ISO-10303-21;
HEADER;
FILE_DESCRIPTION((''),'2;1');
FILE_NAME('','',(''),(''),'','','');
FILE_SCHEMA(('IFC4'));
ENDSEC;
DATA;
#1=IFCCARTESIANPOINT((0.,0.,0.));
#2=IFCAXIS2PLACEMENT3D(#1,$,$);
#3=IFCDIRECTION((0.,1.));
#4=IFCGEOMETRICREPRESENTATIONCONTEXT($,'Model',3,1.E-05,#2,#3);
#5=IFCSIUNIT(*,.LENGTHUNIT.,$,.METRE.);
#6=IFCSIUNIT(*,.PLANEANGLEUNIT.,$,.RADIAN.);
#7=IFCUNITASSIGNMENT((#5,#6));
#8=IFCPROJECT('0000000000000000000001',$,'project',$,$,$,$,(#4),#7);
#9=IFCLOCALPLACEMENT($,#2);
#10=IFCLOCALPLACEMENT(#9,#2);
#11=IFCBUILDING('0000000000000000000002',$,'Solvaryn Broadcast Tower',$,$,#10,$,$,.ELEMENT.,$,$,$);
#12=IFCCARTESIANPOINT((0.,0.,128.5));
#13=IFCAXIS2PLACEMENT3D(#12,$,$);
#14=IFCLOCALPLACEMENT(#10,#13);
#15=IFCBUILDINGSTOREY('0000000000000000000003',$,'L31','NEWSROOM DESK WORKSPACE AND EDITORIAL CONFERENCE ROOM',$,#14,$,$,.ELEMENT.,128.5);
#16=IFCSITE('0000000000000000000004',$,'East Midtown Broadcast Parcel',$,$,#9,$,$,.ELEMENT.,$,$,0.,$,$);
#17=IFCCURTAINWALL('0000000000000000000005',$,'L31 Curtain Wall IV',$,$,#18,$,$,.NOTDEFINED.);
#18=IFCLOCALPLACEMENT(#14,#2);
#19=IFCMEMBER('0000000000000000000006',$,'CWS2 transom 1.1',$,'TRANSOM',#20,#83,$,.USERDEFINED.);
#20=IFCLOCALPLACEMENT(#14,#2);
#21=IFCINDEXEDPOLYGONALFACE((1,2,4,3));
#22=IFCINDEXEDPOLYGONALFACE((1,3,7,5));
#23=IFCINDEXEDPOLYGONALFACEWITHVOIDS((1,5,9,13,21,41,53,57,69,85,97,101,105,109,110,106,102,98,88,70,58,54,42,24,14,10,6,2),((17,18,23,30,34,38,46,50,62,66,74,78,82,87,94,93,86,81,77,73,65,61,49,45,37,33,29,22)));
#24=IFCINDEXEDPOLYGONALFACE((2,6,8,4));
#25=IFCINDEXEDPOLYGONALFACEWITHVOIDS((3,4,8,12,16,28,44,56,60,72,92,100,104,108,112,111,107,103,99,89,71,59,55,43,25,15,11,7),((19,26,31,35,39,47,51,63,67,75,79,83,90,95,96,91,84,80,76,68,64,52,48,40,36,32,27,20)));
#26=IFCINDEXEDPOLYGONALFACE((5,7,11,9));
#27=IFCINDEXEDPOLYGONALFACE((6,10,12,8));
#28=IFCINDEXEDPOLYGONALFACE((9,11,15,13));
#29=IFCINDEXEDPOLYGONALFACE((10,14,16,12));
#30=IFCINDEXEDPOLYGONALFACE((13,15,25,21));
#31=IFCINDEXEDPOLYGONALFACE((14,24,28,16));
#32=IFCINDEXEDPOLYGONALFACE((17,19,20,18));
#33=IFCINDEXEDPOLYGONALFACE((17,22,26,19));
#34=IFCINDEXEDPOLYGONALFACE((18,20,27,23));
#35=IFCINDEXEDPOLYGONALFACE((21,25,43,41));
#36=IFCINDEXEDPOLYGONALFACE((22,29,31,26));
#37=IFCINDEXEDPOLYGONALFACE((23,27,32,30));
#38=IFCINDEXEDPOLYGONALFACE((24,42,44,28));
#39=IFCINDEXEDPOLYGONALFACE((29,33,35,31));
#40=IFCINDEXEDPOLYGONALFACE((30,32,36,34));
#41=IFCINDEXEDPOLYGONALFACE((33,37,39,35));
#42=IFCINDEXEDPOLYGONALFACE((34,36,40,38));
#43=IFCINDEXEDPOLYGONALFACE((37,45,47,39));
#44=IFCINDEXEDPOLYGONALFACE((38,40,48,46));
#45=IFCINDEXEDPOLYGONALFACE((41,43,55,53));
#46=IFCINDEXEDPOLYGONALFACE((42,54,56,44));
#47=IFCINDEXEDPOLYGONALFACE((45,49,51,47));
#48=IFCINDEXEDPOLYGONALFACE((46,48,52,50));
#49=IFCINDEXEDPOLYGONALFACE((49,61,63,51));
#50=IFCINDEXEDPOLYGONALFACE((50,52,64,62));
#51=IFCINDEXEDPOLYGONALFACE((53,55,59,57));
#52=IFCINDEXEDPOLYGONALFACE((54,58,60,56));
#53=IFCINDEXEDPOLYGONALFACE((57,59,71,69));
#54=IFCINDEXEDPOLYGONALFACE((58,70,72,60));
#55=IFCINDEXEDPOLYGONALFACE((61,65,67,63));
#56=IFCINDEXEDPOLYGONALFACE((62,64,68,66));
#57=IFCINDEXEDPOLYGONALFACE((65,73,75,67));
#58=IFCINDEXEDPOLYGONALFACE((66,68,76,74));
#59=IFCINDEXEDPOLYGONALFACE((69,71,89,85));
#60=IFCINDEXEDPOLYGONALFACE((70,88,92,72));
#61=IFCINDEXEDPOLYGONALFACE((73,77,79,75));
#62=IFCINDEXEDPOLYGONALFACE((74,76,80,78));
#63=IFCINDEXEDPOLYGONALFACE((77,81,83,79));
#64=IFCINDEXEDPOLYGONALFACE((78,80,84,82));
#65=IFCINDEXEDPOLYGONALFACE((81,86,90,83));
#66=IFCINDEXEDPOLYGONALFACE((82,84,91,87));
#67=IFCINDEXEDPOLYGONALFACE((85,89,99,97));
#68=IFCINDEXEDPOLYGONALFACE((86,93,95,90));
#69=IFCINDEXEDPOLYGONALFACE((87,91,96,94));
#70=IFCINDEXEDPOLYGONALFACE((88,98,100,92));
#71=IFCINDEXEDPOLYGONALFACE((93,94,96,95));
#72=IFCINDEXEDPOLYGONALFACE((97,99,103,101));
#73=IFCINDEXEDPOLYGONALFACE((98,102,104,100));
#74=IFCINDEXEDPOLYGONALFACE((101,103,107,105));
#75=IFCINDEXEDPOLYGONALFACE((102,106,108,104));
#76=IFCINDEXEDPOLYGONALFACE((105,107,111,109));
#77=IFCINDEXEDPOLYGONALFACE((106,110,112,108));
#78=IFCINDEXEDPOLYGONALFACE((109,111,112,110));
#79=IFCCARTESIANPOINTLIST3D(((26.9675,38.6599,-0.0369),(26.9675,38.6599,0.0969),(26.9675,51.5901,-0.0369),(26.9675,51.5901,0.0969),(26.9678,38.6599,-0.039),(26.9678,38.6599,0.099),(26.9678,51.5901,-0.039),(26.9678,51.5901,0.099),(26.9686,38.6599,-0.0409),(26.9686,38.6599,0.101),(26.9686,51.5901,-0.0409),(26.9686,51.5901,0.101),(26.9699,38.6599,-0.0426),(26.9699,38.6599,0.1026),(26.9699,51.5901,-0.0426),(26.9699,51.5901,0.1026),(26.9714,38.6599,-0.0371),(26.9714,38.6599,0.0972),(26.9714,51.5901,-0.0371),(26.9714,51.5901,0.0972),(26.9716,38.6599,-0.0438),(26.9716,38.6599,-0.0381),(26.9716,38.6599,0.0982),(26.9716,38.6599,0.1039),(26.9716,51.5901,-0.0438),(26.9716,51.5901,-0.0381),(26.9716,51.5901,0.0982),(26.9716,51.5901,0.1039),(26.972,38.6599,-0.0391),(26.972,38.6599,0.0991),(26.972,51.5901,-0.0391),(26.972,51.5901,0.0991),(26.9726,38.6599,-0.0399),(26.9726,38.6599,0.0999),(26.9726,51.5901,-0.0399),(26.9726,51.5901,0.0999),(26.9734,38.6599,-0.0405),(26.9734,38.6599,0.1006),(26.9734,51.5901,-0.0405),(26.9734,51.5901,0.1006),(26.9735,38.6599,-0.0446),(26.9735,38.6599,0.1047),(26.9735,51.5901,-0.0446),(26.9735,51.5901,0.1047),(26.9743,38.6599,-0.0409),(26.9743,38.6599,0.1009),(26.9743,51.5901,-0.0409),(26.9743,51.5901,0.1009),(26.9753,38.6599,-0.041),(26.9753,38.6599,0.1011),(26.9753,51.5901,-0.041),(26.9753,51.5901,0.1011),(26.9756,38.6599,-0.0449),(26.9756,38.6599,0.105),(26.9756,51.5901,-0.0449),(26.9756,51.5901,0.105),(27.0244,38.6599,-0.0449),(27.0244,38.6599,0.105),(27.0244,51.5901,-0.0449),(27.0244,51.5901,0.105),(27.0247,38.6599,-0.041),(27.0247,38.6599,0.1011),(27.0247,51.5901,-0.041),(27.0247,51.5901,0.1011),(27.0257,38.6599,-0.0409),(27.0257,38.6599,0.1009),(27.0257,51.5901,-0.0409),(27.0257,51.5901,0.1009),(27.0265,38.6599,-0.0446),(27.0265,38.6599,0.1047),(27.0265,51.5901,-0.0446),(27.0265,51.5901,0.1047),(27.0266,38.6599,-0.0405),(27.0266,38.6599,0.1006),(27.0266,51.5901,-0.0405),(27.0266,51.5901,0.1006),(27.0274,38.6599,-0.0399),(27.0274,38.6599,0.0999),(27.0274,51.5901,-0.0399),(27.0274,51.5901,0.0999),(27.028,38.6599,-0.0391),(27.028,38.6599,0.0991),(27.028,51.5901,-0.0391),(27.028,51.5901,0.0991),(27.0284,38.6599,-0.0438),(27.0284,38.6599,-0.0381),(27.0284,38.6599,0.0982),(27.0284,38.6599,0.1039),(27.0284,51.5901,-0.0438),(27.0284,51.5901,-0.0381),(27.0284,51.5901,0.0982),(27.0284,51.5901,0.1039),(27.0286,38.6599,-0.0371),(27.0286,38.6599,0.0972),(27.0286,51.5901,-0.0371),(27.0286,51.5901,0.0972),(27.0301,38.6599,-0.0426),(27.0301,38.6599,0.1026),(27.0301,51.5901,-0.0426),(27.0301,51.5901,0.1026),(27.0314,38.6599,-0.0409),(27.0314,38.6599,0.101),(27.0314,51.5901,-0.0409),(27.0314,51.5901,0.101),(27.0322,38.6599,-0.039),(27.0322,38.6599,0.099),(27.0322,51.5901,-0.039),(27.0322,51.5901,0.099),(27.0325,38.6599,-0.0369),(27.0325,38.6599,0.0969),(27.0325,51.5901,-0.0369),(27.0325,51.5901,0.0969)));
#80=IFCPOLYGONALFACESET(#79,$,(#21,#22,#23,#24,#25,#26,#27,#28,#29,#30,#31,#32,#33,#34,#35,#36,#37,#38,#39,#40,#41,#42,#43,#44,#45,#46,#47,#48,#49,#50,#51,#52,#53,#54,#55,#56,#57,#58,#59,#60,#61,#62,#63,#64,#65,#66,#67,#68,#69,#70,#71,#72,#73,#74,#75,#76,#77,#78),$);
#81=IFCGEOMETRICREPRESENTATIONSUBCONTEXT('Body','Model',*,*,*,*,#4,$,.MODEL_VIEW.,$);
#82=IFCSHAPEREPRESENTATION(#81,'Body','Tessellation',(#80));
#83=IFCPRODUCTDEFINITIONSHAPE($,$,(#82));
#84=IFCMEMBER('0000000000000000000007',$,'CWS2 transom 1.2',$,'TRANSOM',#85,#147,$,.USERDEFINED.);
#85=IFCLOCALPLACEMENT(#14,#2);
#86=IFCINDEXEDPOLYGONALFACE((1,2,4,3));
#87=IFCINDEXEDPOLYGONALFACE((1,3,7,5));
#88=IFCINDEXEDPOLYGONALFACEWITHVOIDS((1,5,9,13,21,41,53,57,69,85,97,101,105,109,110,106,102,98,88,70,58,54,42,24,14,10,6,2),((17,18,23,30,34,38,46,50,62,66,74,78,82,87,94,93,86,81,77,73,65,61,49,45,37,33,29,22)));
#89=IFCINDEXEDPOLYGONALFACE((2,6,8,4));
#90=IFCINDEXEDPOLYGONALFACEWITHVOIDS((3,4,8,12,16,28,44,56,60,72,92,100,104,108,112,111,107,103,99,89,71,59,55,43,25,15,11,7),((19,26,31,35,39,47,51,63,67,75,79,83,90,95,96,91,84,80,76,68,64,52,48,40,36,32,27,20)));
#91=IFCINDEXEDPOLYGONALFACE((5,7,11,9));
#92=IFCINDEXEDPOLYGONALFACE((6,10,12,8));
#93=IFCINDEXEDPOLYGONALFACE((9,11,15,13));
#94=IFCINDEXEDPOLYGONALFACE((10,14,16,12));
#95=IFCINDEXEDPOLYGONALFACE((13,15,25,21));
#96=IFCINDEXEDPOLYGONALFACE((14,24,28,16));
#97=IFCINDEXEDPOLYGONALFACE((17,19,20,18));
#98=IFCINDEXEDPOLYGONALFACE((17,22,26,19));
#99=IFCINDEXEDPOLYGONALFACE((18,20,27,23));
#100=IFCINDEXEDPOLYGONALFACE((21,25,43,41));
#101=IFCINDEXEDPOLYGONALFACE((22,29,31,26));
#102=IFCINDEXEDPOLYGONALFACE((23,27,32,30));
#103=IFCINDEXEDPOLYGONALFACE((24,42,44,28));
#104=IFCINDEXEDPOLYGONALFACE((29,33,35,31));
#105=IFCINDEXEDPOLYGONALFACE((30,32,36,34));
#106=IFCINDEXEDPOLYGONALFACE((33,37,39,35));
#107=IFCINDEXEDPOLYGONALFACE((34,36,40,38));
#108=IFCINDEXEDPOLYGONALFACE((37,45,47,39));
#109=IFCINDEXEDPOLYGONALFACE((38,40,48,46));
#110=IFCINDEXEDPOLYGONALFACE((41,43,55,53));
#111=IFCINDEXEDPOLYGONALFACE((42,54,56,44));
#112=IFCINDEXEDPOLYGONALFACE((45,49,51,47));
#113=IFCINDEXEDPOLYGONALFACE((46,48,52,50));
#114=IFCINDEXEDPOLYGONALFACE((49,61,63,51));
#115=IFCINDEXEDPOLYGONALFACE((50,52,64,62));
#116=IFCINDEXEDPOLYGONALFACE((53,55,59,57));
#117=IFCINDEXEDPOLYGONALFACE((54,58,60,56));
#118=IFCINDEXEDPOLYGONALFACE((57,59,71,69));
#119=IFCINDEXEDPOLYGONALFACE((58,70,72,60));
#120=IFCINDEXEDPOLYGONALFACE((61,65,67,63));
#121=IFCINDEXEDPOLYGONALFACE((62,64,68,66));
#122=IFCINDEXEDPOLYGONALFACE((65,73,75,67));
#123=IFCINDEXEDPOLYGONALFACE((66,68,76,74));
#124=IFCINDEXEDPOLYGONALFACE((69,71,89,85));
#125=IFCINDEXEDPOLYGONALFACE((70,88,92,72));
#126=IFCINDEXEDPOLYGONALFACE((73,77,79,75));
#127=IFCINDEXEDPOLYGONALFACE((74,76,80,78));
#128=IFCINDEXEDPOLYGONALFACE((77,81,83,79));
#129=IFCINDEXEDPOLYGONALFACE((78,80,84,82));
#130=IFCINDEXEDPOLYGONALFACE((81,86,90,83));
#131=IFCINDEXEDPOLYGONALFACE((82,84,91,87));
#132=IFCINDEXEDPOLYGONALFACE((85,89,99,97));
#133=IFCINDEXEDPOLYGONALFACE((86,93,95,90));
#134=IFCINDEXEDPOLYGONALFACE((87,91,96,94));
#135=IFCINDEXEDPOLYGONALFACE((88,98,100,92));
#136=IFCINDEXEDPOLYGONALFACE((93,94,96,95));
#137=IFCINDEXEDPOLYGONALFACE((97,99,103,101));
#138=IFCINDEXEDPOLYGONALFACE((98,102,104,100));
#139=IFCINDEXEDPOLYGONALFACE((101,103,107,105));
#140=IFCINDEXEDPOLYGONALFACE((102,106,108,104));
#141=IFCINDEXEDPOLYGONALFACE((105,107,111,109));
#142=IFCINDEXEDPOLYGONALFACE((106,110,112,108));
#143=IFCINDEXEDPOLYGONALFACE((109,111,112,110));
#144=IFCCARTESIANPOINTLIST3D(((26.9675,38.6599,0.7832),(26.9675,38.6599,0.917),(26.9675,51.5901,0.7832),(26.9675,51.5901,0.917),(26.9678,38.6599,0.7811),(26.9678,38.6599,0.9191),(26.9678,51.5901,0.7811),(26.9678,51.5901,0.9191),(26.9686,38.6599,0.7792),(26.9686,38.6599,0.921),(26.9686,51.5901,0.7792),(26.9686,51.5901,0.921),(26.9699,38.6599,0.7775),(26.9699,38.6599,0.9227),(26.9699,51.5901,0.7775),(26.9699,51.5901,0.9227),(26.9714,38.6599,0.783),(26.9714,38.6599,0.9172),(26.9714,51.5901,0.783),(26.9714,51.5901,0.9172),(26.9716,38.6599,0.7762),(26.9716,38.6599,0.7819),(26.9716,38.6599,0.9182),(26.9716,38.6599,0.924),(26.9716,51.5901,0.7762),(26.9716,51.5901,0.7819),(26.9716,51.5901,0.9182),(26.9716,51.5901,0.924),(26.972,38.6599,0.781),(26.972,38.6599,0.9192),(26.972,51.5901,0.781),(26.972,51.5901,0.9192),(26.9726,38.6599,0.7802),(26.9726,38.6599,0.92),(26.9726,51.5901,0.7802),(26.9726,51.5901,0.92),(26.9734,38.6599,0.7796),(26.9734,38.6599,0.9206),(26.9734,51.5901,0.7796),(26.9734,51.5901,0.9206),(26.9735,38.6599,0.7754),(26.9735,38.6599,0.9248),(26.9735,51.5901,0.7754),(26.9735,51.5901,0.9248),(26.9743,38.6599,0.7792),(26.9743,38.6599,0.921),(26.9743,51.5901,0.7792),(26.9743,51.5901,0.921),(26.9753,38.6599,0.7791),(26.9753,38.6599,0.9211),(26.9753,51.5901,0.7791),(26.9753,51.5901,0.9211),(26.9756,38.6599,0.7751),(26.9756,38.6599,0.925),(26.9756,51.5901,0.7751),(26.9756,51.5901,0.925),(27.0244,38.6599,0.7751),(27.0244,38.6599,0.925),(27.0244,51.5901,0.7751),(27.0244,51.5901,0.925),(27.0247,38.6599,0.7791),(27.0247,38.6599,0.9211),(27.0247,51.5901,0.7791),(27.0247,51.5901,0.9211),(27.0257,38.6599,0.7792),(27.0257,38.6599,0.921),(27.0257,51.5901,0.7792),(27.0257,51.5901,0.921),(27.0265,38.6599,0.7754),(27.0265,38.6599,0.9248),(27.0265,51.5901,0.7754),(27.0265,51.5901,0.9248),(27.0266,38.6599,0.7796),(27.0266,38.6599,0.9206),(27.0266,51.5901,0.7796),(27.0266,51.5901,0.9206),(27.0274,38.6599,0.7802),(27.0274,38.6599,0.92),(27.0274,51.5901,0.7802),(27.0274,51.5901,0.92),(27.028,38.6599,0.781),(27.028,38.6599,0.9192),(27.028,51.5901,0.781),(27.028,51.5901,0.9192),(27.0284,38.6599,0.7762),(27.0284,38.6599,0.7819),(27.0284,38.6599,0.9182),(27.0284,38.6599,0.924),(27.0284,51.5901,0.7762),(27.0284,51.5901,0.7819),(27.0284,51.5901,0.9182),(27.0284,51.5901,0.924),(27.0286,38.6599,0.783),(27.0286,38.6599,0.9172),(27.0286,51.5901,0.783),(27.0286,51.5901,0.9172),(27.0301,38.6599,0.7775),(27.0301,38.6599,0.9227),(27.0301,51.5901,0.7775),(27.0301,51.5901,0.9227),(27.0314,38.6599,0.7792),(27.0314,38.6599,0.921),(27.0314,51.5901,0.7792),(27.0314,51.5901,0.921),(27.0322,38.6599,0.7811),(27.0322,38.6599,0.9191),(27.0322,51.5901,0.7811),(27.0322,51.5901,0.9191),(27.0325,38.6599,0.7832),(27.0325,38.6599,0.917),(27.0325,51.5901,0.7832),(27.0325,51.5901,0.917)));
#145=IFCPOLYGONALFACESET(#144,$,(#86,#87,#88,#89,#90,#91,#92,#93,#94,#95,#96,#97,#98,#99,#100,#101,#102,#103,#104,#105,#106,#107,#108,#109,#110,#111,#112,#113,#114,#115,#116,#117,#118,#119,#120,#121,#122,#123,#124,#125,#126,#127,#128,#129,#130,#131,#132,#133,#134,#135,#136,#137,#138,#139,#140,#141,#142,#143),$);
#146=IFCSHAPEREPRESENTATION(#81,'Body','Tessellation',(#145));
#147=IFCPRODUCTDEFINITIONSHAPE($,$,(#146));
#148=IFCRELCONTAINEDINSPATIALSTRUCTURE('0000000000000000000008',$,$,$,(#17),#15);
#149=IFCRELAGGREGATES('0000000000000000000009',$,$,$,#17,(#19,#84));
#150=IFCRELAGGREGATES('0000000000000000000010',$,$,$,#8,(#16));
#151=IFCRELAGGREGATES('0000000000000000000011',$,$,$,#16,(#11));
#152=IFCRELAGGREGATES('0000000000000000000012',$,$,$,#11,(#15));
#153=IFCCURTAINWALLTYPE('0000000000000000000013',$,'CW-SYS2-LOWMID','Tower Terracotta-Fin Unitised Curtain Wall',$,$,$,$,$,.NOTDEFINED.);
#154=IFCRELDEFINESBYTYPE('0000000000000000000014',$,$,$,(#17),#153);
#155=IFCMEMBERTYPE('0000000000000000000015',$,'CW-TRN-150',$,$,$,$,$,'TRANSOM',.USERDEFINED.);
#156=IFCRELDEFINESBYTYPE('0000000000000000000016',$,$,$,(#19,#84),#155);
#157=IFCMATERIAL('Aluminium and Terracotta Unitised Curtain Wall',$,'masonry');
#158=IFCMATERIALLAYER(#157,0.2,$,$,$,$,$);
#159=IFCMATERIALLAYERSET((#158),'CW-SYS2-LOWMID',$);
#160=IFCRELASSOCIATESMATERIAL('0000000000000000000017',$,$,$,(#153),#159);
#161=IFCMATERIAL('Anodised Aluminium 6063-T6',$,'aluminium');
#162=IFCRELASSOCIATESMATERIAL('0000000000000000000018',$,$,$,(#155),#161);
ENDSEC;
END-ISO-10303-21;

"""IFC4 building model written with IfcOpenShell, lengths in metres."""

from ifc_helpers import new_model, si_unit, direction, frame, origin, origin_2d, place, context, subcontext, project, spatial, hollow_rectangle, extrude, material, layer, layer_set, material_profile, profile_set, type_object, element, aggregate, save


model = new_model("IFC4")

# Units and contexts
model_context = context("Model", 3, precision=1e-05, world=origin(), true_north=direction((0.0, 1.0)))
body_context = subcontext(model_context, "Body", "Model", "MODEL_VIEW")
ifc_project = project(units=[si_unit("LENGTHUNIT", "METRE"), si_unit("PLANEANGLEUNIT", "RADIAN")], contexts=[model_context])

# Site, building, storey
site_placement = place(None, origin())
site = spatial("IfcSite", under=ifc_project, at=site_placement, Name="East Midtown Broadcast Parcel", CompositionType="ELEMENT", RefElevation=0.0)
building_placement = place(site_placement, origin())
building = spatial("IfcBuilding", under=site, at=building_placement, Name="Solvaryn Broadcast Tower", CompositionType="ELEMENT")
storey_placement = place(building_placement, frame((0.0, 0.0, 128.5)))
storey = spatial("IfcBuildingStorey", under=building, at=storey_placement, Name="L31", Description="NEWSROOM DESK WORKSPACE AND EDITORIAL CONFERENCE ROOM", CompositionType="ELEMENT", Elevation=128.5)

# Curtain wall
ifc_material_1 = material(Name="Aluminium and Terracotta Unitised Curtain Wall", Category="masonry")
ifc_layer_1 = layer(ifc_material_1, 0.2)
ifc_layer_set_1 = layer_set([ifc_layer_1], Name="CW-SYS2-LOWMID")
curtain_wall_type = type_object("IfcCurtainWallType", Name="CW-SYS2-LOWMID", Description="Tower Terracotta-Fin Unitised Curtain Wall", PredefinedType="NOTDEFINED", material=ifc_layer_set_1)
curtain_wall_1_placement = place(storey_placement, origin())
curtain_wall_1 = element("IfcCurtainWall", 1, at=curtain_wall_1_placement, inside=storey, type_object=curtain_wall_type, Name="L31 Curtain Wall IV", PredefinedType="NOTDEFINED")

# Members
ifc_material_2 = material(Name="Anodised Aluminium 6063-T6", Category="aluminium")
ifc_material_profile_1 = material_profile(ifc_material_2, hollow_rectangle(XDim=0.0649, YDim=0.1499, WallThickness=0.0039, InnerFilletRadius=0.0039, OuterFilletRadius=0.0081, at=origin_2d()))
ifc_profile_set_1 = profile_set([ifc_material_profile_1], Name="Anodised Aluminium 6063-T6")
member_type_1 = type_object("IfcMemberType", Name="CW-TRN-150", ElementType="TRANSOM", PredefinedType="USERDEFINED", material=ifc_profile_set_1)
member_1_placement = place(storey_placement, frame((27.0, 51.5901, 0.03), z_axis=(0.0, -1.0, 0.0), x_axis=(1.0, 0.0, 0.0)))
member_1 = element("IfcMember", 2, at=member_1_placement, type_object=member_type_1, Name="CWS2 transom 1.1", ObjectType="TRANSOM", PredefinedType="USERDEFINED", context=body_context, shape_type="SweptSolid", body=[
    extrude(hollow_rectangle(XDim=0.0649, YDim=0.1499, WallThickness=0.0039, InnerFilletRadius=0.0039, OuterFilletRadius=0.0081, at=origin_2d()), origin(), (0.0, 0.0, 1.0), 12.9302),
])
member_2_placement = place(storey_placement, frame((27.0, 51.5901, 0.8501), z_axis=(0.0, -1.0, 0.0), x_axis=(1.0, 0.0, 0.0)))
member_2 = element("IfcMember", 3, at=member_2_placement, type_object=member_type_1, Name="CWS2 transom 1.2", ObjectType="TRANSOM", PredefinedType="USERDEFINED", context=body_context, shape_type="SweptSolid", body=[
    extrude(hollow_rectangle(XDim=0.0649, YDim=0.1499, WallThickness=0.0039, InnerFilletRadius=0.0039, OuterFilletRadius=0.0081, at=origin_2d()), origin(), (0.0, 0.0, 1.0), 12.9302),
])

aggregate(curtain_wall_1, [member_1, member_2])

save(model, "model.ifc")
